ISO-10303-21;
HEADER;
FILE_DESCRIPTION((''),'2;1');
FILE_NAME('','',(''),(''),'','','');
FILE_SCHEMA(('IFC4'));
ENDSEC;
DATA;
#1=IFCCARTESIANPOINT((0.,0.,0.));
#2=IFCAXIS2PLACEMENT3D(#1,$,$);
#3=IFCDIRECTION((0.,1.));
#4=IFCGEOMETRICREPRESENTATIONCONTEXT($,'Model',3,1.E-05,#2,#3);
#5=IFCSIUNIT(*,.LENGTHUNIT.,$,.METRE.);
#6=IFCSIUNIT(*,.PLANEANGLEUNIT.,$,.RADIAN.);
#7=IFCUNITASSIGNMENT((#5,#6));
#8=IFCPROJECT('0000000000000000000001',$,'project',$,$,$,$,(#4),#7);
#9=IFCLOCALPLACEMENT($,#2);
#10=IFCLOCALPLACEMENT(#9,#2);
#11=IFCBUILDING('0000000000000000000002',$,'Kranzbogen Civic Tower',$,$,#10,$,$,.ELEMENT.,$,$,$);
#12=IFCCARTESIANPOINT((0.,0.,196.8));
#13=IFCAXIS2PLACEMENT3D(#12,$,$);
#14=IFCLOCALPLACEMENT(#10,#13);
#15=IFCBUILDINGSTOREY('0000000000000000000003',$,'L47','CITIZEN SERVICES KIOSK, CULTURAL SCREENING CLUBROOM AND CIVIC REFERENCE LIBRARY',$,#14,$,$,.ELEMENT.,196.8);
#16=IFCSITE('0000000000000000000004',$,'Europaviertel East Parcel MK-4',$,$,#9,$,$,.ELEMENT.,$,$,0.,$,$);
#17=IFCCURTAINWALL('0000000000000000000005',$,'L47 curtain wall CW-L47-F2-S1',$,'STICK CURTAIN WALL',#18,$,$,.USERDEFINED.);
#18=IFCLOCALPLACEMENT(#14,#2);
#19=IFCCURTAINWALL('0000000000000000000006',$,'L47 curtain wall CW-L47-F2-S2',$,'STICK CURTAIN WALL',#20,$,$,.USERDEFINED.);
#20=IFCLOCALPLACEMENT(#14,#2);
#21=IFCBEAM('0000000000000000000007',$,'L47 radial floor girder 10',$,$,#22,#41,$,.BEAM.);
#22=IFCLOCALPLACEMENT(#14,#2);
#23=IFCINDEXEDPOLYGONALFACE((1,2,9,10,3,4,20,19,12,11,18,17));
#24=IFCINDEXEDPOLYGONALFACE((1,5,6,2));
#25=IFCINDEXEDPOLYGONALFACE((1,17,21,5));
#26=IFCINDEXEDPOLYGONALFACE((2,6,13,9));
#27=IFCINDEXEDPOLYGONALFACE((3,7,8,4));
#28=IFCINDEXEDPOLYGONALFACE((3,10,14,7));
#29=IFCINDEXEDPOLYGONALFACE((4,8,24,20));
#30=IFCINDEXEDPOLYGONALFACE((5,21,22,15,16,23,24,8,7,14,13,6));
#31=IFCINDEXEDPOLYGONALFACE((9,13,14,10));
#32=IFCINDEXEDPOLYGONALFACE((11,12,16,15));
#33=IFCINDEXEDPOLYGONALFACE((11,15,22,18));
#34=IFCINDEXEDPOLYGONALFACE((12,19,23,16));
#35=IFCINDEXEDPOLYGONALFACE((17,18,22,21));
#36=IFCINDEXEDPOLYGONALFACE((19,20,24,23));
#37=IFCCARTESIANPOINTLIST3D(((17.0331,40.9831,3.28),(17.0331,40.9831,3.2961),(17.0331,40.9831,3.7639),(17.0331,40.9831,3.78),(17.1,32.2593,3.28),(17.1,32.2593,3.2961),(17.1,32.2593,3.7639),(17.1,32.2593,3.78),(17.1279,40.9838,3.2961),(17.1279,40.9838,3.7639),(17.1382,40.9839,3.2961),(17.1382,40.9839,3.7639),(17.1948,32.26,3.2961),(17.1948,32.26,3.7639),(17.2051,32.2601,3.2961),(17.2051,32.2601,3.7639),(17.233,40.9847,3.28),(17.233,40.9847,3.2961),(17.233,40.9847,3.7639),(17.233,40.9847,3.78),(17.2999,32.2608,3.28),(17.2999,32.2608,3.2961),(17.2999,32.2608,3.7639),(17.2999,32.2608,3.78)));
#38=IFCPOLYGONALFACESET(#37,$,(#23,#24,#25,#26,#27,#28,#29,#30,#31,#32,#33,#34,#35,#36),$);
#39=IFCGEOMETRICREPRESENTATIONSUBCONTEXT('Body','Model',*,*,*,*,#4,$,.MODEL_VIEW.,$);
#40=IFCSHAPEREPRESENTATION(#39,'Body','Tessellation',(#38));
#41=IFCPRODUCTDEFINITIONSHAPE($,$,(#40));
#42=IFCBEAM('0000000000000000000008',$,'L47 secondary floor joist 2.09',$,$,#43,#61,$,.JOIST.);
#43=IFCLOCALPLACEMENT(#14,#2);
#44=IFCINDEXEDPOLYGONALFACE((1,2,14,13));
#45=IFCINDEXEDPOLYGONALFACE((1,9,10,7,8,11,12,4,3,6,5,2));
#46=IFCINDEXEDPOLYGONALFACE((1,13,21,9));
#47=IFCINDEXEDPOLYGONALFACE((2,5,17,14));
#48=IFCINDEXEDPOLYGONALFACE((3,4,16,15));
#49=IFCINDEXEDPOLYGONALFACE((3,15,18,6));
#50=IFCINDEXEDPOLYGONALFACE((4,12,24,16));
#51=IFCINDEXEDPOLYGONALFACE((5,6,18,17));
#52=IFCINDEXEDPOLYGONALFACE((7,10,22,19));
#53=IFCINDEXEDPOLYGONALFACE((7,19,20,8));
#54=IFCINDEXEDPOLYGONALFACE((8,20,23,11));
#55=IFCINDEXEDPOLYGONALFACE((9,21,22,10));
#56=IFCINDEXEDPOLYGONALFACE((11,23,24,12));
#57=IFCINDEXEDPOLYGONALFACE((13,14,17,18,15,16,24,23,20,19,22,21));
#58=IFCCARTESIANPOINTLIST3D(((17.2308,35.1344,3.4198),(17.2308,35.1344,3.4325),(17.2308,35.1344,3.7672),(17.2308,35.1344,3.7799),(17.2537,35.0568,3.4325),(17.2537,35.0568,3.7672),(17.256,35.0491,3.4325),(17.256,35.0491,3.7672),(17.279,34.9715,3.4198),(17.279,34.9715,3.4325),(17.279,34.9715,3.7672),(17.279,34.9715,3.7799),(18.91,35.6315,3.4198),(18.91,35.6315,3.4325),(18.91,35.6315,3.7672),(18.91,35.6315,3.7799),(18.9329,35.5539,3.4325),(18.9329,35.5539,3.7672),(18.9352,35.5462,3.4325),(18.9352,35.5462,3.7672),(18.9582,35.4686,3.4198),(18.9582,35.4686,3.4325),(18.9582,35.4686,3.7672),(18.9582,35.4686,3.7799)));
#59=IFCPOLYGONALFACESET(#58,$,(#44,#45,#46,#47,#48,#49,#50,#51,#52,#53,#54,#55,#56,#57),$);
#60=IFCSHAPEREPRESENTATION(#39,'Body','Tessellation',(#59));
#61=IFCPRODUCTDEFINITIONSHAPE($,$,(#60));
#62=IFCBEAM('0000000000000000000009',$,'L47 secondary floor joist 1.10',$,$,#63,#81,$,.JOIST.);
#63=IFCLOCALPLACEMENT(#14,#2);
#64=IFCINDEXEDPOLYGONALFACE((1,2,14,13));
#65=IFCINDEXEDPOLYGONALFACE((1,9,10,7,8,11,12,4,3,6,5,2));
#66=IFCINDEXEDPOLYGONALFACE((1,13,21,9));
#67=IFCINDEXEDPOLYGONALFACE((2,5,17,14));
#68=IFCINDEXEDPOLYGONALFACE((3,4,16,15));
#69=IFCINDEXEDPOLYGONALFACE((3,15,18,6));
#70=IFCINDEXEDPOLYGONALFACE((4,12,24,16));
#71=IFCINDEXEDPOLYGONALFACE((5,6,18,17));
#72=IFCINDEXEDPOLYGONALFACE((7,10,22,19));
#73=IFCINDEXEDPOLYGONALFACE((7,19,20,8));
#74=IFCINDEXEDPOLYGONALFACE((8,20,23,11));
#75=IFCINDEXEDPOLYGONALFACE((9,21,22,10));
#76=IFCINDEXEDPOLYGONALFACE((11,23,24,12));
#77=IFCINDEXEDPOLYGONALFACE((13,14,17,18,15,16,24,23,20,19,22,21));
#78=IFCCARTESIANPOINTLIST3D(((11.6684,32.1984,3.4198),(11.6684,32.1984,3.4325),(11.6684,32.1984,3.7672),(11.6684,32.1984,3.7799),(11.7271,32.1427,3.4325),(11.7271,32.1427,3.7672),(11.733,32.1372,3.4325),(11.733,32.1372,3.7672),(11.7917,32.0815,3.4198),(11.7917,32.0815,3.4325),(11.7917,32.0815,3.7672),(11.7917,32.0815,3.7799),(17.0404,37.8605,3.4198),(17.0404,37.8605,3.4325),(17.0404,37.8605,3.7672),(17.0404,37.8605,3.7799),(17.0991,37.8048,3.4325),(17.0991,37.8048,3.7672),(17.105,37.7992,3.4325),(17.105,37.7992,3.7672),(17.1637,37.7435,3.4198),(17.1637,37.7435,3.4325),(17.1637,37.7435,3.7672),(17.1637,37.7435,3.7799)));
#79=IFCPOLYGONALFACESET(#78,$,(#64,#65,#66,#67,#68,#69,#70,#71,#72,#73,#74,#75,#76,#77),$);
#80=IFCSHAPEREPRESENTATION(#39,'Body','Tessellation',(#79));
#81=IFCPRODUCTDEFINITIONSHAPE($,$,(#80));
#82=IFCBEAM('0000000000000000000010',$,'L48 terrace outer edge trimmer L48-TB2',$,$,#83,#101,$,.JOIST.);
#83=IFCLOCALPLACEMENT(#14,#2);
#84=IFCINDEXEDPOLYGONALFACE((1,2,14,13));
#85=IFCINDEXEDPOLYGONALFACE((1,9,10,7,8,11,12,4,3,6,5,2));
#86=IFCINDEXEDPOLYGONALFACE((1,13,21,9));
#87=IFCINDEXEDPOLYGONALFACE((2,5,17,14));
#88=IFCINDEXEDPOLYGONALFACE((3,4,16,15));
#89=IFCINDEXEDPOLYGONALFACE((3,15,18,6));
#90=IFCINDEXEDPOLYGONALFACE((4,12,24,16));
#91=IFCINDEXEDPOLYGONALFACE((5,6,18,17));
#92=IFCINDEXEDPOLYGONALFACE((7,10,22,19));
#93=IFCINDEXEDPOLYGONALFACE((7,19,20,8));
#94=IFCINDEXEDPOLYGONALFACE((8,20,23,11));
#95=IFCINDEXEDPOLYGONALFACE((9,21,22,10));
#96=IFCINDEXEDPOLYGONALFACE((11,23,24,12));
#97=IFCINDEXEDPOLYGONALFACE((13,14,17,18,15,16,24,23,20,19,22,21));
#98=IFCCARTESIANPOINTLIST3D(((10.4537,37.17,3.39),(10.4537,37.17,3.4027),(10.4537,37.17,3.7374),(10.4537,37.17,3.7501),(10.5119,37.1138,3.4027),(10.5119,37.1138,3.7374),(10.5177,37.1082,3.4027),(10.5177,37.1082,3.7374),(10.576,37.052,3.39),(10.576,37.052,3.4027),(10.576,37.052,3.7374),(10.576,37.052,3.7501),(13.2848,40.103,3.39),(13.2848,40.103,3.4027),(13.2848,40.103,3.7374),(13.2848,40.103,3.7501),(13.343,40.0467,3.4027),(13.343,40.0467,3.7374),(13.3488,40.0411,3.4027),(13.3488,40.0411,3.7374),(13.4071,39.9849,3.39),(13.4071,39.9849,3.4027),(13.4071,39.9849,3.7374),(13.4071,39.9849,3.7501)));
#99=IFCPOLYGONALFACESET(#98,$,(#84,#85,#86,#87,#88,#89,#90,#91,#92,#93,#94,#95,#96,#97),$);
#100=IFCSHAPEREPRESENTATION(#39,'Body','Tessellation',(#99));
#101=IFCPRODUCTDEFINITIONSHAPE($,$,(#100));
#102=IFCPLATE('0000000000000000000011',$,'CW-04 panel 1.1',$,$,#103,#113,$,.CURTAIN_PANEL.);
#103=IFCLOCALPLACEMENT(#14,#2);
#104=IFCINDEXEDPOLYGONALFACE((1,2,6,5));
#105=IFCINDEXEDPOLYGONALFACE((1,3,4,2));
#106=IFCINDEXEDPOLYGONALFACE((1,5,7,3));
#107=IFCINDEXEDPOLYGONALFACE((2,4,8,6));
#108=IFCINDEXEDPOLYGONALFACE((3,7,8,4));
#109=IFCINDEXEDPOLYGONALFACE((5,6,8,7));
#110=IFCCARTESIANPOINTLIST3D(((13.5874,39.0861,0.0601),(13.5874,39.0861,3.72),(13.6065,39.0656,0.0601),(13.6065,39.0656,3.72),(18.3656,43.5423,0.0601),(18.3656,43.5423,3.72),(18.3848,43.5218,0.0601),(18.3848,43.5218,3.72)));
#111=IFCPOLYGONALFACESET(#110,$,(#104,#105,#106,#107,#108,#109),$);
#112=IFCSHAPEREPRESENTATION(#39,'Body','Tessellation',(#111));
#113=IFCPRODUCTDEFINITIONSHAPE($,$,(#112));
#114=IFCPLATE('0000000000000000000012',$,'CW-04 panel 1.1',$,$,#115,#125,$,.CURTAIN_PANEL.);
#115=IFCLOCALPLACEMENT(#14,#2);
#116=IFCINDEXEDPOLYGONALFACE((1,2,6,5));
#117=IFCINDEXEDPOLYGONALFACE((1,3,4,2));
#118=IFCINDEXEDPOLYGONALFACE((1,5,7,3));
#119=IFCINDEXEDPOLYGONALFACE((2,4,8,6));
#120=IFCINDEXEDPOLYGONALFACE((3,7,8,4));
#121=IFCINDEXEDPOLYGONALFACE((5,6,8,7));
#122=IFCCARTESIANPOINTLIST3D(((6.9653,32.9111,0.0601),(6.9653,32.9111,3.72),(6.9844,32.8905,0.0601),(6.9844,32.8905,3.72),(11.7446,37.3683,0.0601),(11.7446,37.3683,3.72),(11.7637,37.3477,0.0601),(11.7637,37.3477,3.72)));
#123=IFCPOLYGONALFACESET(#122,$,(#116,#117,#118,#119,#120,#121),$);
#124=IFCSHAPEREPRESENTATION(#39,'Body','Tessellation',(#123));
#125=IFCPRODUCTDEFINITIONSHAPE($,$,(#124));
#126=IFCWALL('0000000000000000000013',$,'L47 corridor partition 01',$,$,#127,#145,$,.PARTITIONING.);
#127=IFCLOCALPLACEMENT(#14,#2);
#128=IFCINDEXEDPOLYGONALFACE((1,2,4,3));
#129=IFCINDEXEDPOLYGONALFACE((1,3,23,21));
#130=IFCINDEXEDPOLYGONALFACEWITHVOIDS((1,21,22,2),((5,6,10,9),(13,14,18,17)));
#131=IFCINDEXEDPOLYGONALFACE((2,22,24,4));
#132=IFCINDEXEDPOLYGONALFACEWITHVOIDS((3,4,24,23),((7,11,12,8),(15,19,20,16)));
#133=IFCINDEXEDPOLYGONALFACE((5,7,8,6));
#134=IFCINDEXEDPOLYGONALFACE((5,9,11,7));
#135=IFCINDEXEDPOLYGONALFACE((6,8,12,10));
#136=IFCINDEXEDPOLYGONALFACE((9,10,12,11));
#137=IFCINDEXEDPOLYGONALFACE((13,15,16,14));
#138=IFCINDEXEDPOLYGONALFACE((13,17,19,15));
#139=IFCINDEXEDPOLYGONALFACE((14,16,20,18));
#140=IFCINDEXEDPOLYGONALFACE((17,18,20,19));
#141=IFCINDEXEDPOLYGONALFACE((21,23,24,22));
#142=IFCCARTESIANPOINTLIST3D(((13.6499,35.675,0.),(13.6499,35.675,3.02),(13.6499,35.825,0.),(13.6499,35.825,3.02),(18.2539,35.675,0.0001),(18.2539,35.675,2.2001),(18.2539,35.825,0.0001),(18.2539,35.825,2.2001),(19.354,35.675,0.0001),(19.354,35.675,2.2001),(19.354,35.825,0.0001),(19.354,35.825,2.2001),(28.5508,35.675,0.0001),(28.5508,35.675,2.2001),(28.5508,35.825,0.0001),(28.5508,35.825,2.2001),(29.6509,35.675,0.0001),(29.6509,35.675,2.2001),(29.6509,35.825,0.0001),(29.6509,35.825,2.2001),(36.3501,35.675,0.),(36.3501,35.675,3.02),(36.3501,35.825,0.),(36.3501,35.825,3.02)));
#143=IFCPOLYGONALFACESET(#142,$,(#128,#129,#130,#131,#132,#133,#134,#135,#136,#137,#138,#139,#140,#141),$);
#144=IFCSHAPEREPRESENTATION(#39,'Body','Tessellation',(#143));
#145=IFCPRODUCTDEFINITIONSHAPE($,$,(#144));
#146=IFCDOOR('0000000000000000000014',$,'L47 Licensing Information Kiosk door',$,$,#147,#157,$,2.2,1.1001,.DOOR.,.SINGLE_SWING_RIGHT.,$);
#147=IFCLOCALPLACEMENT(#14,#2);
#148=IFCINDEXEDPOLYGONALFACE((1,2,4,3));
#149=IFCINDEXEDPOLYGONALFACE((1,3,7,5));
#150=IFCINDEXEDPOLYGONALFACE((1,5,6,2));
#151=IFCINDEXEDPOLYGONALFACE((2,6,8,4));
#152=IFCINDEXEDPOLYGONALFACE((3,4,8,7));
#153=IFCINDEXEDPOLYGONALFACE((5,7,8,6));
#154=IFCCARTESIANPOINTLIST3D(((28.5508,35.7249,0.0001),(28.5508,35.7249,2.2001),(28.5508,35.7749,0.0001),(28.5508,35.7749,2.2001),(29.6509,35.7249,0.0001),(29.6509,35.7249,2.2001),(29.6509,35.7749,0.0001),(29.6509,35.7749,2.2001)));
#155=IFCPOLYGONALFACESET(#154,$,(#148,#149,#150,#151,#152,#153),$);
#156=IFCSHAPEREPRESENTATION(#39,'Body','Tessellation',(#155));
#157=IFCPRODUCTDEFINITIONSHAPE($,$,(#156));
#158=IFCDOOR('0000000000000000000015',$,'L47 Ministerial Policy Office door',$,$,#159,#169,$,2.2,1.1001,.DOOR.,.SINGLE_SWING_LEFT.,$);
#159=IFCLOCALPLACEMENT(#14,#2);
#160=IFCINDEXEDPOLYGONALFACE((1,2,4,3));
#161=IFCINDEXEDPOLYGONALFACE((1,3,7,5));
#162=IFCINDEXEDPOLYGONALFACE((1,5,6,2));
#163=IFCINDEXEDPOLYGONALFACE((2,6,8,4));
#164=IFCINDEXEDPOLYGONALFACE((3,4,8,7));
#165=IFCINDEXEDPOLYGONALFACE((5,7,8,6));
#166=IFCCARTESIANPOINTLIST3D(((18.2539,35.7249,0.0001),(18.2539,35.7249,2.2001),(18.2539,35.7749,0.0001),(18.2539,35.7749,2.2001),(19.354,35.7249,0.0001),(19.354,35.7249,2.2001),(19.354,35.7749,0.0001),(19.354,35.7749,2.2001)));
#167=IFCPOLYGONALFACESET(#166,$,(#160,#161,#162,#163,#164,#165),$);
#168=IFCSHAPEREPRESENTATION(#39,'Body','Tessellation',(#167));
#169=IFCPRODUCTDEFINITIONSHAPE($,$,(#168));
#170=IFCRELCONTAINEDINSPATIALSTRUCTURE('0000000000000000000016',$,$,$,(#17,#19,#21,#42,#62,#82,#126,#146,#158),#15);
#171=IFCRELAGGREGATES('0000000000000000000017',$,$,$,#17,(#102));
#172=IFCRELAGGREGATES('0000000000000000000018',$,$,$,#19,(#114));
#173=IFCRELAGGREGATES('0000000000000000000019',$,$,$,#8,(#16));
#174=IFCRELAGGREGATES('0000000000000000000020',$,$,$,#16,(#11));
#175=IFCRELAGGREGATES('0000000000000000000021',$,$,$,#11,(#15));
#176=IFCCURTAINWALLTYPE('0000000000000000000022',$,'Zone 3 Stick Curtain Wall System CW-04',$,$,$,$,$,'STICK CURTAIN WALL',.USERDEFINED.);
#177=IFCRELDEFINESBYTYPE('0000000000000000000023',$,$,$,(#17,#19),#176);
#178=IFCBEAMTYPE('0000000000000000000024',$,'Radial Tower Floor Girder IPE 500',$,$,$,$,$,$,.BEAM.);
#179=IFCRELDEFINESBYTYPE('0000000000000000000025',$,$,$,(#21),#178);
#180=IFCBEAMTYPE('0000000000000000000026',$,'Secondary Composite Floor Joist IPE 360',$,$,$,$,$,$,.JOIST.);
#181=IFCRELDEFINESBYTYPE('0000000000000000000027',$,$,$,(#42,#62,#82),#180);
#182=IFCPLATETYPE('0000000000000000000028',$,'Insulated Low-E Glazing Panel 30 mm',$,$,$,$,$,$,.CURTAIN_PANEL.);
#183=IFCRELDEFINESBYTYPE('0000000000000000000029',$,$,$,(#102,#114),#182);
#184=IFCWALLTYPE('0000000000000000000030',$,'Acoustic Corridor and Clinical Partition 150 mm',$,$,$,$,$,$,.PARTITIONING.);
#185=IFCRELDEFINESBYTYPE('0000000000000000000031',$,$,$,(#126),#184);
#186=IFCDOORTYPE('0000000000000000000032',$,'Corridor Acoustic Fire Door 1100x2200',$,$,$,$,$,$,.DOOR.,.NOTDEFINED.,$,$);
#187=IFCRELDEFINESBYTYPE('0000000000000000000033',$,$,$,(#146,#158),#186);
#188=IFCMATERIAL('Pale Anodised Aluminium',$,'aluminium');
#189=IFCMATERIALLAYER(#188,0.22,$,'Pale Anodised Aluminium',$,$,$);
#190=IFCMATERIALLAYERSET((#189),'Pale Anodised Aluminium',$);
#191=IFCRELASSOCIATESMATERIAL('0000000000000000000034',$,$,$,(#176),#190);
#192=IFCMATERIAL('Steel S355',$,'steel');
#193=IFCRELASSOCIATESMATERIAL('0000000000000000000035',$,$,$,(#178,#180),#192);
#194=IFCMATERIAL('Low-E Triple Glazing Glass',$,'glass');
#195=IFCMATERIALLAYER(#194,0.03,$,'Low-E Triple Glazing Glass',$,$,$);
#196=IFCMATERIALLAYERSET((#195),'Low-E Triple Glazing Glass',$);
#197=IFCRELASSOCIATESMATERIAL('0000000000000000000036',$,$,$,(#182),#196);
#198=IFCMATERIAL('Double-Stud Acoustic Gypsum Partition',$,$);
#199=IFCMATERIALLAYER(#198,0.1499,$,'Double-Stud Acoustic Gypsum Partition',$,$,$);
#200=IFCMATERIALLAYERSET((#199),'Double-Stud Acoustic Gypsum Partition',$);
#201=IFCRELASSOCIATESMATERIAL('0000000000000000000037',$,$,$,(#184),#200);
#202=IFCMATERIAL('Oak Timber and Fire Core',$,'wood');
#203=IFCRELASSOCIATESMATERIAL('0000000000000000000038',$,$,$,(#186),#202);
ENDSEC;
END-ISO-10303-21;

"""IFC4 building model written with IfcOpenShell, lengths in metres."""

from ifc_helpers import new_model, si_unit, direction, frame, frame_2d, origin, origin_2d, place, context, subcontext, project, spatial, rectangle, i_section, extrude, material, layer, layer_set, material_profile, profile_set, type_object, element, fill, aggregate, save


model = new_model("IFC4")

# Units and contexts
model_context = context("Model", 3, precision=1e-05, world=origin(), true_north=direction((0.0, 1.0)))
body_context = subcontext(model_context, "Body", "Model", "MODEL_VIEW")
ifc_project = project(units=[si_unit("LENGTHUNIT", "METRE"), si_unit("PLANEANGLEUNIT", "RADIAN")], contexts=[model_context])

# Site, building, storey
site_placement = place(None, origin())
site = spatial("IfcSite", under=ifc_project, at=site_placement, Name="Europaviertel East Parcel MK-4", CompositionType="ELEMENT", RefElevation=0.0)
building_placement = place(site_placement, origin())
building = spatial("IfcBuilding", under=site, at=building_placement, Name="Kranzbogen Civic Tower", CompositionType="ELEMENT")
storey_placement = place(building_placement, frame((0.0, 0.0, 196.8)))
storey = spatial("IfcBuildingStorey", under=building, at=storey_placement, Name="L47", Description="CITIZEN SERVICES KIOSK, CULTURAL SCREENING CLUBROOM AND CIVIC REFERENCE LIBRARY", CompositionType="ELEMENT", Elevation=196.8)

# Shared definitions
ifc_material_1 = material(Name="Steel S355", Category="steel")

# Curtain wall
ifc_material_2 = material(Name="Pale Anodised Aluminium", Category="aluminium")
ifc_layer_1 = layer(ifc_material_2, 0.22, Name="Pale Anodised Aluminium")
ifc_layer_set_1 = layer_set([ifc_layer_1], Name="Pale Anodised Aluminium")
curtain_wall_type = type_object("IfcCurtainWallType", Name="Zone 3 Stick Curtain Wall System CW-04", ElementType="STICK CURTAIN WALL", PredefinedType="USERDEFINED", material=ifc_layer_set_1)
curtain_wall_1_placement = place(storey_placement, origin())
curtain_wall_1 = element("IfcCurtainWall", 1, at=curtain_wall_1_placement, inside=storey, type_object=curtain_wall_type, Name="L47 curtain wall CW-L47-F2-S1", ObjectType="STICK CURTAIN WALL", PredefinedType="USERDEFINED")

# Curtain wall
curtain_wall_2_placement = place(storey_placement, origin())
curtain_wall_2 = element("IfcCurtainWall", 2, at=curtain_wall_2_placement, inside=storey, type_object=curtain_wall_type, Name="L47 curtain wall CW-L47-F2-S2", ObjectType="STICK CURTAIN WALL", PredefinedType="USERDEFINED")

# Beams
ifc_material_profile_1 = material_profile(ifc_material_1, i_section(OverallWidth=0.2, OverallDepth=0.5, WebThickness=0.0103, FlangeThickness=0.0161, at=origin_2d()), Name="IPE 500")
ifc_profile_set_1 = profile_set([ifc_material_profile_1], Name="Steel S355")
beam_type_1 = type_object("IfcBeamType", Name="Radial Tower Floor Girder IPE 500", PredefinedType="BEAM", material=ifc_profile_set_1)
beam_1_placement = place(storey_placement, frame((17.1331, 40.9839, 3.53), z_axis=(0.007668, -0.999971, 0.0), x_axis=(0.999971, 0.007668, 0.0)))
element("IfcBeam", 3, at=beam_1_placement, inside=storey, type_object=beam_type_1, Name="L47 radial floor girder 10", PredefinedType="BEAM", context=body_context, shape_type="SweptSolid", body=[
    extrude(i_section(OverallWidth=0.2, OverallDepth=0.5, WebThickness=0.0103, FlangeThickness=0.0161, at=origin_2d()), origin(), (0.0, 0.0, 1.0), 8.7241),
])
ifc_material_profile_2 = material_profile(ifc_material_1, i_section(OverallWidth=0.1699, OverallDepth=0.3601, WebThickness=0.0081, FlangeThickness=0.0127, at=origin_2d()), Name="IPE 360")
ifc_profile_set_2 = profile_set([ifc_material_profile_2], Name="Steel S355")
beam_type_2 = type_object("IfcBeamType", Name="Secondary Composite Floor Joist IPE 360", PredefinedType="JOIST", material=ifc_profile_set_2)
beam_2_placement = place(storey_placement, frame((18.9341, 35.55, 3.5999), z_axis=(-0.958871, -0.283841, 0.0), x_axis=(0.283841, -0.958871, 0.0)))
element("IfcBeam", 4, at=beam_2_placement, inside=storey, type_object=beam_type_2, Name="L47 secondary floor joist 2.09", PredefinedType="JOIST", context=body_context, shape_type="SweptSolid", body=[
    extrude(i_section(OverallWidth=0.1699, OverallDepth=0.3601, WebThickness=0.0081, FlangeThickness=0.0127, at=origin_2d()), origin(), (0.0, 0.0, 1.0), 1.7512),
])
beam_3_placement = place(storey_placement, frame((17.1021, 37.802, 3.5999), z_axis=(-0.688282, -0.725443, 0.0), x_axis=(0.725443, -0.688282, 0.0)))
element("IfcBeam", 5, at=beam_3_placement, inside=storey, type_object=beam_type_2, Name="L47 secondary floor joist 1.10", PredefinedType="JOIST", context=body_context, shape_type="SweptSolid", body=[
    extrude(i_section(OverallWidth=0.1699, OverallDepth=0.3601, WebThickness=0.0081, FlangeThickness=0.0127, at=origin_2d()), origin(), (0.0, 0.0, 1.0), 7.8049),
])
beam_4_placement = place(storey_placement, frame((13.3459, 40.0439, 3.5701), z_axis=(-0.694509, -0.719484, 0.0), x_axis=(0.719484, -0.694509, 0.0)))
element("IfcBeam", 6, at=beam_4_placement, inside=storey, type_object=beam_type_2, Name="L48 terrace outer edge trimmer L48-TB2", PredefinedType="JOIST", context=body_context, shape_type="SweptSolid", body=[
    extrude(i_section(OverallWidth=0.1699, OverallDepth=0.3601, WebThickness=0.0081, FlangeThickness=0.0127, at=origin_2d()), origin(), (0.0, 0.0, 1.0), 4.0764),
])

# Plates
ifc_material_3 = material(Name="Low-E Triple Glazing Glass", Category="glass")
ifc_layer_2 = layer(ifc_material_3, 0.03, Name="Low-E Triple Glazing Glass")
ifc_layer_set_2 = layer_set([ifc_layer_2], Name="Low-E Triple Glazing Glass")
plate_type = type_object("IfcPlateType", Name="Insulated Low-E Glazing Panel 30 mm", PredefinedType="CURTAIN_PANEL", material=ifc_layer_set_2)
plate_1_placement = place(storey_placement, frame((15.9861, 41.304, 0.0601), z_axis=(0.0, 0.0, 1.0), x_axis=(-0.731325, -0.682029, 0.0)))
plate_1 = element("IfcPlate", 7, at=plate_1_placement, type_object=plate_type, Name="CW-04 panel 1.1", PredefinedType="CURTAIN_PANEL", context=body_context, shape_type="SweptSolid", body=[
    extrude(rectangle(XDim=6.5337, YDim=0.0281, at=origin_2d()), origin(), (0.0, 0.0, 1.0), 3.6599),
])
aggregate(curtain_wall_1, [plate_1])
plate_2_placement = place(storey_placement, frame((9.3645, 35.1294, 0.0601), z_axis=(0.0, 0.0, 1.0), x_axis=(-0.73132, -0.682034, 0.0)))
plate_2 = element("IfcPlate", 8, at=plate_2_placement, type_object=plate_type, Name="CW-04 panel 1.1", PredefinedType="CURTAIN_PANEL", context=body_context, shape_type="SweptSolid", body=[
    extrude(rectangle(XDim=6.5352, YDim=0.0281, at=origin_2d()), origin(), (0.0, 0.0, 1.0), 3.6599),
])
aggregate(curtain_wall_2, [plate_2])

# Wall, openings, doors
ifc_material_4 = material(Name="Double-Stud Acoustic Gypsum Partition")
ifc_layer_3 = layer(ifc_material_4, 0.1499, Name="Double-Stud Acoustic Gypsum Partition")
ifc_layer_set_3 = layer_set([ifc_layer_3], Name="Double-Stud Acoustic Gypsum Partition")
wall_type_1 = type_object("IfcWallType", Name="Acoustic Corridor and Clinical Partition 150 mm", PredefinedType="PARTITIONING", material=ifc_layer_set_3)
wall_1_placement = place(storey_placement, frame((13.6499, 35.75, 0.0), z_axis=(0.0, 0.0, 1.0), x_axis=(1.0, 0.0, 0.0)))
wall_1 = element("IfcWall", 9, at=wall_1_placement, inside=storey, type_object=wall_type_1, Name="L47 corridor partition 01", PredefinedType="PARTITIONING", context=body_context, shape_type="SweptSolid", body=[
    extrude(rectangle(XDim=22.7002, YDim=0.1499, at=frame_2d((11.3501, 0.0))), origin(), (0.0, 0.0, 1.0), 3.02),
])
opening_1_placement = place(wall_1_placement, frame((14.9009, 0.0, 0.0)))
opening_1 = element("IfcOpeningElement", 10, at=opening_1_placement, cuts=wall_1, PredefinedType="OPENING", context=body_context, shape_type="SweptSolid", body=[
    extrude(rectangle(XDim=1.1001, YDim=2.2, at=frame_2d((0.55, 1.1001))), frame((0.0, 0.085, 0.0), z_axis=(0.0, -1.0, 0.0), x_axis=(1.0, 0.0, 0.0)), (0.0, 0.0, 1.0), 0.1699),
])
opening_2_placement = place(wall_1_placement, frame((4.604, 0.0, 0.0)))
opening_2 = element("IfcOpeningElement", 11, at=opening_2_placement, cuts=wall_1, PredefinedType="OPENING", context=body_context, shape_type="SweptSolid", body=[
    extrude(rectangle(XDim=1.1001, YDim=2.2, at=frame_2d((0.55, 1.1001))), frame((0.0, 0.085, 0.0), z_axis=(0.0, -1.0, 0.0), x_axis=(1.0, 0.0, 0.0)), (0.0, 0.0, 1.0), 0.1699),
])
ifc_material_5 = material(Name="Oak Timber and Fire Core", Category="wood")
door_type_1 = type_object("IfcDoorType", Name="Corridor Acoustic Fire Door 1100x2200", OperationType="NOTDEFINED", PredefinedType="DOOR", material=ifc_material_5)
door_1_placement = place(opening_1_placement, origin())
door_1 = element("IfcDoor", 12, at=door_1_placement, inside=storey, type_object=door_type_1, Name="L47 Licensing Information Kiosk door", OperationType="SINGLE_SWING_RIGHT", OverallHeight=2.2, OverallWidth=1.1001, PredefinedType="DOOR", context=body_context, shape_type="SweptSolid", body=[
    extrude(rectangle(XDim=1.1001, YDim=2.2, at=frame_2d((0.55, 1.1001))), frame((0.0, 0.0249, 0.0), z_axis=(0.0, -1.0, 0.0), x_axis=(1.0, 0.0, 0.0)), (0.0, 0.0, 1.0), 0.05),
])
fill(opening_1, door_1)
door_2_placement = place(opening_2_placement, origin())
door_2 = element("IfcDoor", 13, at=door_2_placement, inside=storey, type_object=door_type_1, Name="L47 Ministerial Policy Office door", OperationType="SINGLE_SWING_LEFT", OverallHeight=2.2, OverallWidth=1.1001, PredefinedType="DOOR", context=body_context, shape_type="SweptSolid", body=[
    extrude(rectangle(XDim=1.1001, YDim=2.2, at=frame_2d((0.55, 1.1001))), frame((0.0, 0.0249, 0.0), z_axis=(0.0, -1.0, 0.0), x_axis=(1.0, 0.0, 0.0)), (0.0, 0.0, 1.0), 0.05),
])
fill(opening_2, door_2)

save(model, "model.ifc")
